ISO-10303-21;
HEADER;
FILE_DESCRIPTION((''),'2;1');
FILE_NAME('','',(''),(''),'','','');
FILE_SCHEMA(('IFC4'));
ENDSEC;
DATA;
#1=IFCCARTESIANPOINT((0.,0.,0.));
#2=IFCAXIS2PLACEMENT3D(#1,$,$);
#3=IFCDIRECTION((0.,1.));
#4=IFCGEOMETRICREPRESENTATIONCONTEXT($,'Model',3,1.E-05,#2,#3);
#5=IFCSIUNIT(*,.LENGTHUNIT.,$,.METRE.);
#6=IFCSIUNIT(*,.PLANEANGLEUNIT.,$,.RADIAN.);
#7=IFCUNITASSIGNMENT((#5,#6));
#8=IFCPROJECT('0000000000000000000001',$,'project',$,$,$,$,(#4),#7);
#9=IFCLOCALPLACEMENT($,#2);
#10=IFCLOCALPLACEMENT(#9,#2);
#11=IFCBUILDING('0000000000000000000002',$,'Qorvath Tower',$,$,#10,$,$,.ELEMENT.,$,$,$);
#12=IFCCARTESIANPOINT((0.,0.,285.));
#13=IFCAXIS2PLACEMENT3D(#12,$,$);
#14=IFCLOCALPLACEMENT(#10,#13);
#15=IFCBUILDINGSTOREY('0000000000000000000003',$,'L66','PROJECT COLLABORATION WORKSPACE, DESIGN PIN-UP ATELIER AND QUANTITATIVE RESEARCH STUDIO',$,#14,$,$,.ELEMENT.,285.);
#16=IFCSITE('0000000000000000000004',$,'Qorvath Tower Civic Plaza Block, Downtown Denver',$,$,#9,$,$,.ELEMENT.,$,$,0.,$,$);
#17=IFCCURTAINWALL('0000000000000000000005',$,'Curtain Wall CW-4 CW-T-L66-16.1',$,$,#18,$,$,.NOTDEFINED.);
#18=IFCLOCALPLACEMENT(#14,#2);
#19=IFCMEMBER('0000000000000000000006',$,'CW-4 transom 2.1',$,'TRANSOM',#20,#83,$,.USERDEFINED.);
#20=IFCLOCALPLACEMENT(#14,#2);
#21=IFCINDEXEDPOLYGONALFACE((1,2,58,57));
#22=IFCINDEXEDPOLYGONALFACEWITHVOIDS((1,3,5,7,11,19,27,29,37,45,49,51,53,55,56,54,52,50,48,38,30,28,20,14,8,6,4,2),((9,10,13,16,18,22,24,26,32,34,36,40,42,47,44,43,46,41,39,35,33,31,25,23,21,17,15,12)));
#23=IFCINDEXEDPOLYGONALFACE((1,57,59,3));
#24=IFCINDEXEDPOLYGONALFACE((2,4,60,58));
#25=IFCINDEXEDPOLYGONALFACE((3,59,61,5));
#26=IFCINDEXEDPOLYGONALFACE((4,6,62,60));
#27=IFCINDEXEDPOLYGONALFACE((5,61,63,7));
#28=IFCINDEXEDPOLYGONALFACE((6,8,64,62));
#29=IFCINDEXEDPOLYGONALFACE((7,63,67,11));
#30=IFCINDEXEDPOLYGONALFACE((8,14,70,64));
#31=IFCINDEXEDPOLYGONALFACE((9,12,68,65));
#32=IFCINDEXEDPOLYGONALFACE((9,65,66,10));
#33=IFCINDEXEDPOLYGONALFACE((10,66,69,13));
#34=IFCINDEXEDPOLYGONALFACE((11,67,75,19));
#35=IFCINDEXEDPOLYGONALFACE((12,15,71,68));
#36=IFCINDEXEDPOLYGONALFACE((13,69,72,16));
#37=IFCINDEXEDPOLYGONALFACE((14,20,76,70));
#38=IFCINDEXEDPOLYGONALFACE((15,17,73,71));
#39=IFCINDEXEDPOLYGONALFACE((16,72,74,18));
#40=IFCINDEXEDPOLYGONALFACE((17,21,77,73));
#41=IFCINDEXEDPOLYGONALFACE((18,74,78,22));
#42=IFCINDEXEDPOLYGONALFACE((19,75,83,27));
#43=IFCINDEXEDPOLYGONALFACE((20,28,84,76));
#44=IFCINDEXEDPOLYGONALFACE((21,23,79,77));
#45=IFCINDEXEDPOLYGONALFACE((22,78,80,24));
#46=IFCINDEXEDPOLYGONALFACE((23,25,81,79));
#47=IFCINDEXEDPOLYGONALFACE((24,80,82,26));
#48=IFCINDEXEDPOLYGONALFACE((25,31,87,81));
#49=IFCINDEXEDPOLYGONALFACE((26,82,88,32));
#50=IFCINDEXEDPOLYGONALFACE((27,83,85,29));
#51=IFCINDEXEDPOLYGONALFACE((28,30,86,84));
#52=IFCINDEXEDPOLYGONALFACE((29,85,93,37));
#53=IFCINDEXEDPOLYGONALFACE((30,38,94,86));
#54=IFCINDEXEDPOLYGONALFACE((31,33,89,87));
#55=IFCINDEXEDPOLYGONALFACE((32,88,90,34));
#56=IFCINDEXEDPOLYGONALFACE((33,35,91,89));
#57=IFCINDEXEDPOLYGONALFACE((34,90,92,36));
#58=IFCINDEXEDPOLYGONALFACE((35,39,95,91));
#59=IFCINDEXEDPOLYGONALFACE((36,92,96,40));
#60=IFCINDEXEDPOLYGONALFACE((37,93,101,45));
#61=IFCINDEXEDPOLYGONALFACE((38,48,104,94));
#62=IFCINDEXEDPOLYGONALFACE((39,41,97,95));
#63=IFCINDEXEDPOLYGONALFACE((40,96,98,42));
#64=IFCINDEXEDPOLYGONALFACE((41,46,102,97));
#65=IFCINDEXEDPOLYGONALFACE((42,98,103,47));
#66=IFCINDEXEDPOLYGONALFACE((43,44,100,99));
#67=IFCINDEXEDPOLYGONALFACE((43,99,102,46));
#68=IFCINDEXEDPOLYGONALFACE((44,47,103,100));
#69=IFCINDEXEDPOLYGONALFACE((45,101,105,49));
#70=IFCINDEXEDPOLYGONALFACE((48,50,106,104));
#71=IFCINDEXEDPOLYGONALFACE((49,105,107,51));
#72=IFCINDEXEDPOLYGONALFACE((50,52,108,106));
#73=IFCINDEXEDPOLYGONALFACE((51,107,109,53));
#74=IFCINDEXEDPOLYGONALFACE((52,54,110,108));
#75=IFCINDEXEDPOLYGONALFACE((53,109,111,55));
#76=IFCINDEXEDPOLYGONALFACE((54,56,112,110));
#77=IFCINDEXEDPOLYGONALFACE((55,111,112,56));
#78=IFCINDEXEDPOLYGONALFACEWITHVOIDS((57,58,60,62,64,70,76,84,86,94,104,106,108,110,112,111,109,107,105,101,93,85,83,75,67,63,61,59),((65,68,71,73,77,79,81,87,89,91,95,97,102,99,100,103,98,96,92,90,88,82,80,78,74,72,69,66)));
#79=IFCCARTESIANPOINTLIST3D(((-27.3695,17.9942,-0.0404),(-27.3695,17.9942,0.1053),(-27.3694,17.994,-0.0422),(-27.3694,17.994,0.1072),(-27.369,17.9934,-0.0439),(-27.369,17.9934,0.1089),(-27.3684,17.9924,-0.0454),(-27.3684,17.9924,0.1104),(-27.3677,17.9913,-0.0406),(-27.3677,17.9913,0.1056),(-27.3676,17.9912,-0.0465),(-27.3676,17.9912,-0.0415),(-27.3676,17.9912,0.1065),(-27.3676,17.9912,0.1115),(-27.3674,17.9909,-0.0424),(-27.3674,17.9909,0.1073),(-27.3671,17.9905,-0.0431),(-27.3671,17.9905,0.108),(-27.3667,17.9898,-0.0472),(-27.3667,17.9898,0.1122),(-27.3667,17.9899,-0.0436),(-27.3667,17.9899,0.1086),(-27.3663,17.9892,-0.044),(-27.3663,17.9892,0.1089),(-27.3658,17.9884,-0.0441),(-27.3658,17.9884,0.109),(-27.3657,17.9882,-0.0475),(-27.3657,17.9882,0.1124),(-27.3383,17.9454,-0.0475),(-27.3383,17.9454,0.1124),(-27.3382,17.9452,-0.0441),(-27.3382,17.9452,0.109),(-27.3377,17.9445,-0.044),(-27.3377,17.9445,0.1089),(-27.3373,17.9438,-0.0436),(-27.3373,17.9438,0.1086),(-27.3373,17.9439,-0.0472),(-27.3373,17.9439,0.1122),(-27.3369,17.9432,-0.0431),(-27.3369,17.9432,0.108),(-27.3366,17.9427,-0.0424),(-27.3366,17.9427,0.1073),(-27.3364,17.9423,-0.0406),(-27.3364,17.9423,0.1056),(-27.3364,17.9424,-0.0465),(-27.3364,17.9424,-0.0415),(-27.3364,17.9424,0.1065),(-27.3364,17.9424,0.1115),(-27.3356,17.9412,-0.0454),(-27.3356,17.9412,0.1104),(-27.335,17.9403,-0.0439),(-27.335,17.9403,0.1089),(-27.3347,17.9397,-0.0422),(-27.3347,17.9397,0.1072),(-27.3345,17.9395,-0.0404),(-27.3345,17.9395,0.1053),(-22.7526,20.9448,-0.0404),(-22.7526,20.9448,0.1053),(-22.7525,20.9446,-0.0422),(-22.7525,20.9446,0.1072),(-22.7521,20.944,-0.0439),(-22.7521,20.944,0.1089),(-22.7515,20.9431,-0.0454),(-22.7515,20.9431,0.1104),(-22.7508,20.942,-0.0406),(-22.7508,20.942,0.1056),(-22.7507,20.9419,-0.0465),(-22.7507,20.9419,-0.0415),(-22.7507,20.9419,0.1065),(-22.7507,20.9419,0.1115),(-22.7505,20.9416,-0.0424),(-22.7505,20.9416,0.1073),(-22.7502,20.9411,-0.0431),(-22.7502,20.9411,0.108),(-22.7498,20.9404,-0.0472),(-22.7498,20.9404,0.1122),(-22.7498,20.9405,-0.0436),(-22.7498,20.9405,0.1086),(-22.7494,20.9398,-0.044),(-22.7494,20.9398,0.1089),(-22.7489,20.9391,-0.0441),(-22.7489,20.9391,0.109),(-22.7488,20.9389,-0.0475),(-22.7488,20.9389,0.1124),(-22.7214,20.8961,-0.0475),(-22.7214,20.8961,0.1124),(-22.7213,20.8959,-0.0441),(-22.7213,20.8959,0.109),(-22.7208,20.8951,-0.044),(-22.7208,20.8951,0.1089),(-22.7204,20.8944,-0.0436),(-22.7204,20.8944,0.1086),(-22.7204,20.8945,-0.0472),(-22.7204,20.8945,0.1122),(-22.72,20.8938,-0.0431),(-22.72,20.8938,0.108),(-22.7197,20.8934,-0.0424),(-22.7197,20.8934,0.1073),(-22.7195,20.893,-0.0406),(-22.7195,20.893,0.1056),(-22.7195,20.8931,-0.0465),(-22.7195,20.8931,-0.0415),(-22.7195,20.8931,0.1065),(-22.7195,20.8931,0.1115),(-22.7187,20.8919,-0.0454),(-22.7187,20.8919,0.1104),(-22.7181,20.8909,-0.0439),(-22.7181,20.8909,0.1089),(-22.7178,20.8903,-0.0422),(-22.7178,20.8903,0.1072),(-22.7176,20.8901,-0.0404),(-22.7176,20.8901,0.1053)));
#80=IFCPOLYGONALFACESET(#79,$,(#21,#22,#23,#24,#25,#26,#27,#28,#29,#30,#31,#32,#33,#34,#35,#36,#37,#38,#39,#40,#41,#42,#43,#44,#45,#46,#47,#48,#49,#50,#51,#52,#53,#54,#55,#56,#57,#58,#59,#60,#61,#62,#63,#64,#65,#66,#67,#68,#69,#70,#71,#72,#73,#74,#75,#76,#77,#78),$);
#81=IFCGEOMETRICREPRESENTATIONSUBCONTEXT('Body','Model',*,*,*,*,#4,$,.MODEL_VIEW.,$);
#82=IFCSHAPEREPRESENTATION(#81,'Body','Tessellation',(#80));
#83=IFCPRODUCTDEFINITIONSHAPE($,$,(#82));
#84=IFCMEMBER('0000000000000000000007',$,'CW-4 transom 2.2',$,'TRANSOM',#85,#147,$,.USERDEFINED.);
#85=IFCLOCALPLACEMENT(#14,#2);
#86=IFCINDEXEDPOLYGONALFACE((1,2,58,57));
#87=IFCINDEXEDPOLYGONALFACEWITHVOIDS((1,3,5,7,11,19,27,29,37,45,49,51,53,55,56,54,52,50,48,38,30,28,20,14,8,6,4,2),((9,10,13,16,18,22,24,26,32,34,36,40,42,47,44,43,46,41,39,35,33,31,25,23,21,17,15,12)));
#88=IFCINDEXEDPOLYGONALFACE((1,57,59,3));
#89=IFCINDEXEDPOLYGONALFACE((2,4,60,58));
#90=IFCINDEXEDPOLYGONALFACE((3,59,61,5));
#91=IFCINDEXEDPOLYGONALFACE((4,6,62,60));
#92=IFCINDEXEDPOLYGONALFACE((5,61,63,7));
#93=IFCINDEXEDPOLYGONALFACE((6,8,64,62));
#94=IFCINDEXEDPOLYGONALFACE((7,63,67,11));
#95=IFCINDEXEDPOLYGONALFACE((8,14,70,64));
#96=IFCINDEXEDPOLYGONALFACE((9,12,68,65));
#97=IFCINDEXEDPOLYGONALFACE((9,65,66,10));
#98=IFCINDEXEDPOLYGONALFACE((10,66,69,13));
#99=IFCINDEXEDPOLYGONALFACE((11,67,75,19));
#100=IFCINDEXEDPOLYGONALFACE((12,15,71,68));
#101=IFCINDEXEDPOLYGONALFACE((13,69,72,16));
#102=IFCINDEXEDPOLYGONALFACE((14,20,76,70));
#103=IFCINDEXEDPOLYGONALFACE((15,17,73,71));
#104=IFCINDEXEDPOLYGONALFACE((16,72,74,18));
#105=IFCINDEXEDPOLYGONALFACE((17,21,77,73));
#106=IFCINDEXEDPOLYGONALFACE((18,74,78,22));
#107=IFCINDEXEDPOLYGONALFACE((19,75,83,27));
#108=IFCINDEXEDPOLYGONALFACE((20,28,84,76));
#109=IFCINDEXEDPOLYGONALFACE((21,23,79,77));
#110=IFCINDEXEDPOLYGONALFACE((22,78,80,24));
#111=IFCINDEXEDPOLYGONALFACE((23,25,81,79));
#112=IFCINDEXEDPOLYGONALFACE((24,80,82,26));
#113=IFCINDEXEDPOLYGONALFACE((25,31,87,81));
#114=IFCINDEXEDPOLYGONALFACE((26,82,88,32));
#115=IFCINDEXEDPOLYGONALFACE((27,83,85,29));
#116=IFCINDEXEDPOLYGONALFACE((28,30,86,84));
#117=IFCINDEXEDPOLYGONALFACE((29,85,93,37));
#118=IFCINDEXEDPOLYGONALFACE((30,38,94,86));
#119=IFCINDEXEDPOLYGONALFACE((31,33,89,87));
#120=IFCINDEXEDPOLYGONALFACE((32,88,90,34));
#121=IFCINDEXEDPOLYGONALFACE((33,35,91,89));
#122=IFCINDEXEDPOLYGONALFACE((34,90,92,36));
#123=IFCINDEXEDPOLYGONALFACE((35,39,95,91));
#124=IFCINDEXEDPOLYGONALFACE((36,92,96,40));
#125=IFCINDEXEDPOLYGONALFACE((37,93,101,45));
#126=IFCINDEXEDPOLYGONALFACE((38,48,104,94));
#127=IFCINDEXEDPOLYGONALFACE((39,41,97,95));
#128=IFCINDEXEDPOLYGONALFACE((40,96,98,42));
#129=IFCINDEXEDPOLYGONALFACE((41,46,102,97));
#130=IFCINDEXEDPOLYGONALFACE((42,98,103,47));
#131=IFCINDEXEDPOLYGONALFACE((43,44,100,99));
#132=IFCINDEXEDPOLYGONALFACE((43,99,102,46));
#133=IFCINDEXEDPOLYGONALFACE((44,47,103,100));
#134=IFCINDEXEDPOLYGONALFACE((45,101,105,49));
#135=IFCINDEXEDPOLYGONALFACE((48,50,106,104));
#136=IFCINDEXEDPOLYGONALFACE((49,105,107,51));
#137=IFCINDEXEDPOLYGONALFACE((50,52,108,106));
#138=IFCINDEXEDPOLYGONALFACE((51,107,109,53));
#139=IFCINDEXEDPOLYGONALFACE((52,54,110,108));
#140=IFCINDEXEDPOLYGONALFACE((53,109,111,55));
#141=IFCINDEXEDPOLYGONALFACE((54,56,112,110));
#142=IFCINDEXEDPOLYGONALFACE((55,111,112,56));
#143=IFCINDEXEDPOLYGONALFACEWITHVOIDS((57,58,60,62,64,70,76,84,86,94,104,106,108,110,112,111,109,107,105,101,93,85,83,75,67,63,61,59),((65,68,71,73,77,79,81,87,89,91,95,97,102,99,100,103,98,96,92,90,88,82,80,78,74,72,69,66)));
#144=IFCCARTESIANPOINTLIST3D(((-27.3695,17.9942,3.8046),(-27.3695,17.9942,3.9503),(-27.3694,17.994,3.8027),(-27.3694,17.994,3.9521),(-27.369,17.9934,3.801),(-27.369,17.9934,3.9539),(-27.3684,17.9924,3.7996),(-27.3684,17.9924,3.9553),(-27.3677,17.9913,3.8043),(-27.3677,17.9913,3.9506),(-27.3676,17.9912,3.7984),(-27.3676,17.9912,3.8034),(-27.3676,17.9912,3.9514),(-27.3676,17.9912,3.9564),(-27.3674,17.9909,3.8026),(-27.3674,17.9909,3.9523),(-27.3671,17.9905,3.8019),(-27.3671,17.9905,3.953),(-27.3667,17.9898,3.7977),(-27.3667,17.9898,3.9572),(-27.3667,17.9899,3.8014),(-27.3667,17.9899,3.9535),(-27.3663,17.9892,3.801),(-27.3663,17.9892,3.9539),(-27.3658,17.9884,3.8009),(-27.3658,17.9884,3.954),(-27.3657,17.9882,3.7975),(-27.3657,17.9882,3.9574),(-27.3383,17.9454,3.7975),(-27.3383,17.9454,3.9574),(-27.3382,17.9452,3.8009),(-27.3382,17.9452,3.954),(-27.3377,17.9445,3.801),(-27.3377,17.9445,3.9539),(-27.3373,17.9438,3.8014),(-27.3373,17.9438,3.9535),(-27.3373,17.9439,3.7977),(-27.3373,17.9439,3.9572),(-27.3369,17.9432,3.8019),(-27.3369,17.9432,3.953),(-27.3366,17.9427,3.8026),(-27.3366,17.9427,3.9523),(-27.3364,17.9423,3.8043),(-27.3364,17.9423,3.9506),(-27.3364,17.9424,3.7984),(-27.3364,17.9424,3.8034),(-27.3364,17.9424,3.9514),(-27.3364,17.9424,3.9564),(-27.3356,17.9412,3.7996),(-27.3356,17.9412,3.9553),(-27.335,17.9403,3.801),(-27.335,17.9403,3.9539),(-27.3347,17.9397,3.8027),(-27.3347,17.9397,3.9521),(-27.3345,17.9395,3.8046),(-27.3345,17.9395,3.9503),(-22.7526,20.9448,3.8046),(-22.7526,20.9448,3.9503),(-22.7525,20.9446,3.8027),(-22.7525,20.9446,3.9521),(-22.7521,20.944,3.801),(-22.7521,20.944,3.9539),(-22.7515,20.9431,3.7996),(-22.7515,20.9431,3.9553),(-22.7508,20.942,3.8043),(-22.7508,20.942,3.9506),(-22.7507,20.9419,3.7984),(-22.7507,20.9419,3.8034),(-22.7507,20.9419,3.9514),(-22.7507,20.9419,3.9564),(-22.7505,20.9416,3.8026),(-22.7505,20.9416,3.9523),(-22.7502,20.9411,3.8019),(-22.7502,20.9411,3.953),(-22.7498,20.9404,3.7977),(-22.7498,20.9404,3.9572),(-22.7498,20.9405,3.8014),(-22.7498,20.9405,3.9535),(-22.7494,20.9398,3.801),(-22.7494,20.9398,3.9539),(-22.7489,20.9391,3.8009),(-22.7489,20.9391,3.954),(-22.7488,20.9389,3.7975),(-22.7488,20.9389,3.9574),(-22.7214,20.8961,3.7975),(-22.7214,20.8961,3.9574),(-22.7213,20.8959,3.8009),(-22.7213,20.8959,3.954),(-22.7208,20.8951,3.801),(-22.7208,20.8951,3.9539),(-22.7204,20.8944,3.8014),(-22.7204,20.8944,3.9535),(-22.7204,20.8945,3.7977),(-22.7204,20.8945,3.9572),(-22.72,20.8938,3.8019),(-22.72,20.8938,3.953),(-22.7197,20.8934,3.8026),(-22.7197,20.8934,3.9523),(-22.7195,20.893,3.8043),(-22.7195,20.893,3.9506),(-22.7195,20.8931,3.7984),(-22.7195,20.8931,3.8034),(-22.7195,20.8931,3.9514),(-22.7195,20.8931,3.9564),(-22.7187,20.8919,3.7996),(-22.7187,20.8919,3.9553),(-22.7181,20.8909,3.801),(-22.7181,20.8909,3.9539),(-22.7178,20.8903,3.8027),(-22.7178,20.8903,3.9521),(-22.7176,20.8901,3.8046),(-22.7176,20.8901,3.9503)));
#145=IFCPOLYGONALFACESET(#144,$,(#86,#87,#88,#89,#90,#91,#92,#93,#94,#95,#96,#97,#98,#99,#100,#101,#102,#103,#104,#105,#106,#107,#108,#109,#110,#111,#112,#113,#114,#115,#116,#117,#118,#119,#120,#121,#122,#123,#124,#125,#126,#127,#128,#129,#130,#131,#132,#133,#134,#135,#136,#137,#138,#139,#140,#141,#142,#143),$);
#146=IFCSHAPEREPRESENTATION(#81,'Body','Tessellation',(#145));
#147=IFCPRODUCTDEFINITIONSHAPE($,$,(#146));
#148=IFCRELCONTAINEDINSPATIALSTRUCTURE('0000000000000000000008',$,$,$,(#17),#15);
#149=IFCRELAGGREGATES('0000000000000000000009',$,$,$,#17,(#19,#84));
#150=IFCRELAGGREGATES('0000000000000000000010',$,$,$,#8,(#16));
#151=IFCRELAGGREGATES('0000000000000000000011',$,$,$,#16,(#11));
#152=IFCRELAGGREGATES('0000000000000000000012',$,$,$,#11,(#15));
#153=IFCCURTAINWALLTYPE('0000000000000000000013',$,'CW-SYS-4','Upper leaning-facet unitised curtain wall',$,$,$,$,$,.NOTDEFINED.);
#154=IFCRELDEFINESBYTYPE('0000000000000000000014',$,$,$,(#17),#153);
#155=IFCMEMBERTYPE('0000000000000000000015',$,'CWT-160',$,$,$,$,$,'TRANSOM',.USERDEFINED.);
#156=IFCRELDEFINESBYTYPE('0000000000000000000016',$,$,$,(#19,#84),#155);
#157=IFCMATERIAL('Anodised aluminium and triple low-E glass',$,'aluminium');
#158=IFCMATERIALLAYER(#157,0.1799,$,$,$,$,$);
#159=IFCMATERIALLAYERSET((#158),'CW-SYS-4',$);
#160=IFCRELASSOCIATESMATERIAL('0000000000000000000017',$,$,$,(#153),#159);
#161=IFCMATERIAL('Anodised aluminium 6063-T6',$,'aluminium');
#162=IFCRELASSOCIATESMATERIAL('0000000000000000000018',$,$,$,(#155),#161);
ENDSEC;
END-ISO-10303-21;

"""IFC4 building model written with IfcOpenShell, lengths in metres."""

from ifc_helpers import new_model, si_unit, direction, frame, origin, origin_2d, place, context, subcontext, project, spatial, hollow_rectangle, extrude, material, layer, layer_set, material_profile, profile_set, type_object, element, aggregate, save


model = new_model("IFC4")

# Units and contexts
model_context = context("Model", 3, precision=1e-05, world=origin(), true_north=direction((0.0, 1.0)))
body_context = subcontext(model_context, "Body", "Model", "MODEL_VIEW")
ifc_project = project(units=[si_unit("LENGTHUNIT", "METRE"), si_unit("PLANEANGLEUNIT", "RADIAN")], contexts=[model_context])

# Site, building, storey
site_placement = place(None, origin())
site = spatial("IfcSite", under=ifc_project, at=site_placement, Name="Qorvath Tower Civic Plaza Block, Downtown Denver", CompositionType="ELEMENT", RefElevation=0.0)
building_placement = place(site_placement, origin())
building = spatial("IfcBuilding", under=site, at=building_placement, Name="Qorvath Tower", CompositionType="ELEMENT")
storey_placement = place(building_placement, frame((0.0, 0.0, 285.0)))
storey = spatial("IfcBuildingStorey", under=building, at=storey_placement, Name="L66", Description="PROJECT COLLABORATION WORKSPACE, DESIGN PIN-UP ATELIER AND QUANTITATIVE RESEARCH STUDIO", CompositionType="ELEMENT", Elevation=285.0)

# Curtain wall, members
ifc_material_1 = material(Name="Anodised aluminium and triple low-E glass", Category="aluminium")
ifc_layer_1 = layer(ifc_material_1, 0.1799)
ifc_layer_set_1 = layer_set([ifc_layer_1], Name="CW-SYS-4")
curtain_wall_type = type_object("IfcCurtainWallType", Name="CW-SYS-4", Description="Upper leaning-facet unitised curtain wall", PredefinedType="NOTDEFINED", material=ifc_layer_set_1)
curtain_wall_placement = place(storey_placement, origin())
curtain_wall = element("IfcCurtainWall", 1, at=curtain_wall_placement, inside=storey, type_object=curtain_wall_type, Name="Curtain Wall CW-4 CW-T-L66-16.1", PredefinedType="NOTDEFINED")
ifc_material_2 = material(Name="Anodised aluminium 6063-T6", Category="aluminium")
ifc_material_profile_1 = material_profile(ifc_material_2, hollow_rectangle(XDim=0.0649, YDim=0.1599, WallThickness=0.0034, InnerFilletRadius=0.0034, OuterFilletRadius=0.0071, at=origin_2d()), Name="CWT 160x65")
ifc_profile_set_1 = profile_set([ifc_material_profile_1], Name="Anodised aluminium 6063-T6")
member_type_1 = type_object("IfcMemberType", Name="CWT-160", ElementType="TRANSOM", PredefinedType="USERDEFINED", material=ifc_profile_set_1)
member_1_placement = place(storey_placement, frame((-22.7351, 20.9175, 0.0325), z_axis=(-0.842616, -0.538515, 0.0), x_axis=(0.538515, -0.842616, 0.0)))
member_1 = element("IfcMember", 2, at=member_1_placement, type_object=member_type_1, Name="CW-4 transom 2.1", ObjectType="TRANSOM", PredefinedType="USERDEFINED", context=body_context, shape_type="SweptSolid", body=[
    extrude(hollow_rectangle(XDim=0.0649, YDim=0.1599, WallThickness=0.0034, InnerFilletRadius=0.0034, OuterFilletRadius=0.0071, at=origin_2d()), origin(), (0.0, 0.0, 1.0), 5.4792),
])
member_2_placement = place(storey_placement, frame((-22.7351, 20.9175, 3.8774), z_axis=(-0.842616, -0.538515, 0.0), x_axis=(0.538515, -0.842616, 0.0)))
member_2 = element("IfcMember", 3, at=member_2_placement, type_object=member_type_1, Name="CW-4 transom 2.2", ObjectType="TRANSOM", PredefinedType="USERDEFINED", context=body_context, shape_type="SweptSolid", body=[
    extrude(hollow_rectangle(XDim=0.0649, YDim=0.1599, WallThickness=0.0034, InnerFilletRadius=0.0034, OuterFilletRadius=0.0071, at=origin_2d()), origin(), (0.0, 0.0, 1.0), 5.4792),
])
aggregate(curtain_wall, [member_1, member_2])

save(model, "model.ifc")
